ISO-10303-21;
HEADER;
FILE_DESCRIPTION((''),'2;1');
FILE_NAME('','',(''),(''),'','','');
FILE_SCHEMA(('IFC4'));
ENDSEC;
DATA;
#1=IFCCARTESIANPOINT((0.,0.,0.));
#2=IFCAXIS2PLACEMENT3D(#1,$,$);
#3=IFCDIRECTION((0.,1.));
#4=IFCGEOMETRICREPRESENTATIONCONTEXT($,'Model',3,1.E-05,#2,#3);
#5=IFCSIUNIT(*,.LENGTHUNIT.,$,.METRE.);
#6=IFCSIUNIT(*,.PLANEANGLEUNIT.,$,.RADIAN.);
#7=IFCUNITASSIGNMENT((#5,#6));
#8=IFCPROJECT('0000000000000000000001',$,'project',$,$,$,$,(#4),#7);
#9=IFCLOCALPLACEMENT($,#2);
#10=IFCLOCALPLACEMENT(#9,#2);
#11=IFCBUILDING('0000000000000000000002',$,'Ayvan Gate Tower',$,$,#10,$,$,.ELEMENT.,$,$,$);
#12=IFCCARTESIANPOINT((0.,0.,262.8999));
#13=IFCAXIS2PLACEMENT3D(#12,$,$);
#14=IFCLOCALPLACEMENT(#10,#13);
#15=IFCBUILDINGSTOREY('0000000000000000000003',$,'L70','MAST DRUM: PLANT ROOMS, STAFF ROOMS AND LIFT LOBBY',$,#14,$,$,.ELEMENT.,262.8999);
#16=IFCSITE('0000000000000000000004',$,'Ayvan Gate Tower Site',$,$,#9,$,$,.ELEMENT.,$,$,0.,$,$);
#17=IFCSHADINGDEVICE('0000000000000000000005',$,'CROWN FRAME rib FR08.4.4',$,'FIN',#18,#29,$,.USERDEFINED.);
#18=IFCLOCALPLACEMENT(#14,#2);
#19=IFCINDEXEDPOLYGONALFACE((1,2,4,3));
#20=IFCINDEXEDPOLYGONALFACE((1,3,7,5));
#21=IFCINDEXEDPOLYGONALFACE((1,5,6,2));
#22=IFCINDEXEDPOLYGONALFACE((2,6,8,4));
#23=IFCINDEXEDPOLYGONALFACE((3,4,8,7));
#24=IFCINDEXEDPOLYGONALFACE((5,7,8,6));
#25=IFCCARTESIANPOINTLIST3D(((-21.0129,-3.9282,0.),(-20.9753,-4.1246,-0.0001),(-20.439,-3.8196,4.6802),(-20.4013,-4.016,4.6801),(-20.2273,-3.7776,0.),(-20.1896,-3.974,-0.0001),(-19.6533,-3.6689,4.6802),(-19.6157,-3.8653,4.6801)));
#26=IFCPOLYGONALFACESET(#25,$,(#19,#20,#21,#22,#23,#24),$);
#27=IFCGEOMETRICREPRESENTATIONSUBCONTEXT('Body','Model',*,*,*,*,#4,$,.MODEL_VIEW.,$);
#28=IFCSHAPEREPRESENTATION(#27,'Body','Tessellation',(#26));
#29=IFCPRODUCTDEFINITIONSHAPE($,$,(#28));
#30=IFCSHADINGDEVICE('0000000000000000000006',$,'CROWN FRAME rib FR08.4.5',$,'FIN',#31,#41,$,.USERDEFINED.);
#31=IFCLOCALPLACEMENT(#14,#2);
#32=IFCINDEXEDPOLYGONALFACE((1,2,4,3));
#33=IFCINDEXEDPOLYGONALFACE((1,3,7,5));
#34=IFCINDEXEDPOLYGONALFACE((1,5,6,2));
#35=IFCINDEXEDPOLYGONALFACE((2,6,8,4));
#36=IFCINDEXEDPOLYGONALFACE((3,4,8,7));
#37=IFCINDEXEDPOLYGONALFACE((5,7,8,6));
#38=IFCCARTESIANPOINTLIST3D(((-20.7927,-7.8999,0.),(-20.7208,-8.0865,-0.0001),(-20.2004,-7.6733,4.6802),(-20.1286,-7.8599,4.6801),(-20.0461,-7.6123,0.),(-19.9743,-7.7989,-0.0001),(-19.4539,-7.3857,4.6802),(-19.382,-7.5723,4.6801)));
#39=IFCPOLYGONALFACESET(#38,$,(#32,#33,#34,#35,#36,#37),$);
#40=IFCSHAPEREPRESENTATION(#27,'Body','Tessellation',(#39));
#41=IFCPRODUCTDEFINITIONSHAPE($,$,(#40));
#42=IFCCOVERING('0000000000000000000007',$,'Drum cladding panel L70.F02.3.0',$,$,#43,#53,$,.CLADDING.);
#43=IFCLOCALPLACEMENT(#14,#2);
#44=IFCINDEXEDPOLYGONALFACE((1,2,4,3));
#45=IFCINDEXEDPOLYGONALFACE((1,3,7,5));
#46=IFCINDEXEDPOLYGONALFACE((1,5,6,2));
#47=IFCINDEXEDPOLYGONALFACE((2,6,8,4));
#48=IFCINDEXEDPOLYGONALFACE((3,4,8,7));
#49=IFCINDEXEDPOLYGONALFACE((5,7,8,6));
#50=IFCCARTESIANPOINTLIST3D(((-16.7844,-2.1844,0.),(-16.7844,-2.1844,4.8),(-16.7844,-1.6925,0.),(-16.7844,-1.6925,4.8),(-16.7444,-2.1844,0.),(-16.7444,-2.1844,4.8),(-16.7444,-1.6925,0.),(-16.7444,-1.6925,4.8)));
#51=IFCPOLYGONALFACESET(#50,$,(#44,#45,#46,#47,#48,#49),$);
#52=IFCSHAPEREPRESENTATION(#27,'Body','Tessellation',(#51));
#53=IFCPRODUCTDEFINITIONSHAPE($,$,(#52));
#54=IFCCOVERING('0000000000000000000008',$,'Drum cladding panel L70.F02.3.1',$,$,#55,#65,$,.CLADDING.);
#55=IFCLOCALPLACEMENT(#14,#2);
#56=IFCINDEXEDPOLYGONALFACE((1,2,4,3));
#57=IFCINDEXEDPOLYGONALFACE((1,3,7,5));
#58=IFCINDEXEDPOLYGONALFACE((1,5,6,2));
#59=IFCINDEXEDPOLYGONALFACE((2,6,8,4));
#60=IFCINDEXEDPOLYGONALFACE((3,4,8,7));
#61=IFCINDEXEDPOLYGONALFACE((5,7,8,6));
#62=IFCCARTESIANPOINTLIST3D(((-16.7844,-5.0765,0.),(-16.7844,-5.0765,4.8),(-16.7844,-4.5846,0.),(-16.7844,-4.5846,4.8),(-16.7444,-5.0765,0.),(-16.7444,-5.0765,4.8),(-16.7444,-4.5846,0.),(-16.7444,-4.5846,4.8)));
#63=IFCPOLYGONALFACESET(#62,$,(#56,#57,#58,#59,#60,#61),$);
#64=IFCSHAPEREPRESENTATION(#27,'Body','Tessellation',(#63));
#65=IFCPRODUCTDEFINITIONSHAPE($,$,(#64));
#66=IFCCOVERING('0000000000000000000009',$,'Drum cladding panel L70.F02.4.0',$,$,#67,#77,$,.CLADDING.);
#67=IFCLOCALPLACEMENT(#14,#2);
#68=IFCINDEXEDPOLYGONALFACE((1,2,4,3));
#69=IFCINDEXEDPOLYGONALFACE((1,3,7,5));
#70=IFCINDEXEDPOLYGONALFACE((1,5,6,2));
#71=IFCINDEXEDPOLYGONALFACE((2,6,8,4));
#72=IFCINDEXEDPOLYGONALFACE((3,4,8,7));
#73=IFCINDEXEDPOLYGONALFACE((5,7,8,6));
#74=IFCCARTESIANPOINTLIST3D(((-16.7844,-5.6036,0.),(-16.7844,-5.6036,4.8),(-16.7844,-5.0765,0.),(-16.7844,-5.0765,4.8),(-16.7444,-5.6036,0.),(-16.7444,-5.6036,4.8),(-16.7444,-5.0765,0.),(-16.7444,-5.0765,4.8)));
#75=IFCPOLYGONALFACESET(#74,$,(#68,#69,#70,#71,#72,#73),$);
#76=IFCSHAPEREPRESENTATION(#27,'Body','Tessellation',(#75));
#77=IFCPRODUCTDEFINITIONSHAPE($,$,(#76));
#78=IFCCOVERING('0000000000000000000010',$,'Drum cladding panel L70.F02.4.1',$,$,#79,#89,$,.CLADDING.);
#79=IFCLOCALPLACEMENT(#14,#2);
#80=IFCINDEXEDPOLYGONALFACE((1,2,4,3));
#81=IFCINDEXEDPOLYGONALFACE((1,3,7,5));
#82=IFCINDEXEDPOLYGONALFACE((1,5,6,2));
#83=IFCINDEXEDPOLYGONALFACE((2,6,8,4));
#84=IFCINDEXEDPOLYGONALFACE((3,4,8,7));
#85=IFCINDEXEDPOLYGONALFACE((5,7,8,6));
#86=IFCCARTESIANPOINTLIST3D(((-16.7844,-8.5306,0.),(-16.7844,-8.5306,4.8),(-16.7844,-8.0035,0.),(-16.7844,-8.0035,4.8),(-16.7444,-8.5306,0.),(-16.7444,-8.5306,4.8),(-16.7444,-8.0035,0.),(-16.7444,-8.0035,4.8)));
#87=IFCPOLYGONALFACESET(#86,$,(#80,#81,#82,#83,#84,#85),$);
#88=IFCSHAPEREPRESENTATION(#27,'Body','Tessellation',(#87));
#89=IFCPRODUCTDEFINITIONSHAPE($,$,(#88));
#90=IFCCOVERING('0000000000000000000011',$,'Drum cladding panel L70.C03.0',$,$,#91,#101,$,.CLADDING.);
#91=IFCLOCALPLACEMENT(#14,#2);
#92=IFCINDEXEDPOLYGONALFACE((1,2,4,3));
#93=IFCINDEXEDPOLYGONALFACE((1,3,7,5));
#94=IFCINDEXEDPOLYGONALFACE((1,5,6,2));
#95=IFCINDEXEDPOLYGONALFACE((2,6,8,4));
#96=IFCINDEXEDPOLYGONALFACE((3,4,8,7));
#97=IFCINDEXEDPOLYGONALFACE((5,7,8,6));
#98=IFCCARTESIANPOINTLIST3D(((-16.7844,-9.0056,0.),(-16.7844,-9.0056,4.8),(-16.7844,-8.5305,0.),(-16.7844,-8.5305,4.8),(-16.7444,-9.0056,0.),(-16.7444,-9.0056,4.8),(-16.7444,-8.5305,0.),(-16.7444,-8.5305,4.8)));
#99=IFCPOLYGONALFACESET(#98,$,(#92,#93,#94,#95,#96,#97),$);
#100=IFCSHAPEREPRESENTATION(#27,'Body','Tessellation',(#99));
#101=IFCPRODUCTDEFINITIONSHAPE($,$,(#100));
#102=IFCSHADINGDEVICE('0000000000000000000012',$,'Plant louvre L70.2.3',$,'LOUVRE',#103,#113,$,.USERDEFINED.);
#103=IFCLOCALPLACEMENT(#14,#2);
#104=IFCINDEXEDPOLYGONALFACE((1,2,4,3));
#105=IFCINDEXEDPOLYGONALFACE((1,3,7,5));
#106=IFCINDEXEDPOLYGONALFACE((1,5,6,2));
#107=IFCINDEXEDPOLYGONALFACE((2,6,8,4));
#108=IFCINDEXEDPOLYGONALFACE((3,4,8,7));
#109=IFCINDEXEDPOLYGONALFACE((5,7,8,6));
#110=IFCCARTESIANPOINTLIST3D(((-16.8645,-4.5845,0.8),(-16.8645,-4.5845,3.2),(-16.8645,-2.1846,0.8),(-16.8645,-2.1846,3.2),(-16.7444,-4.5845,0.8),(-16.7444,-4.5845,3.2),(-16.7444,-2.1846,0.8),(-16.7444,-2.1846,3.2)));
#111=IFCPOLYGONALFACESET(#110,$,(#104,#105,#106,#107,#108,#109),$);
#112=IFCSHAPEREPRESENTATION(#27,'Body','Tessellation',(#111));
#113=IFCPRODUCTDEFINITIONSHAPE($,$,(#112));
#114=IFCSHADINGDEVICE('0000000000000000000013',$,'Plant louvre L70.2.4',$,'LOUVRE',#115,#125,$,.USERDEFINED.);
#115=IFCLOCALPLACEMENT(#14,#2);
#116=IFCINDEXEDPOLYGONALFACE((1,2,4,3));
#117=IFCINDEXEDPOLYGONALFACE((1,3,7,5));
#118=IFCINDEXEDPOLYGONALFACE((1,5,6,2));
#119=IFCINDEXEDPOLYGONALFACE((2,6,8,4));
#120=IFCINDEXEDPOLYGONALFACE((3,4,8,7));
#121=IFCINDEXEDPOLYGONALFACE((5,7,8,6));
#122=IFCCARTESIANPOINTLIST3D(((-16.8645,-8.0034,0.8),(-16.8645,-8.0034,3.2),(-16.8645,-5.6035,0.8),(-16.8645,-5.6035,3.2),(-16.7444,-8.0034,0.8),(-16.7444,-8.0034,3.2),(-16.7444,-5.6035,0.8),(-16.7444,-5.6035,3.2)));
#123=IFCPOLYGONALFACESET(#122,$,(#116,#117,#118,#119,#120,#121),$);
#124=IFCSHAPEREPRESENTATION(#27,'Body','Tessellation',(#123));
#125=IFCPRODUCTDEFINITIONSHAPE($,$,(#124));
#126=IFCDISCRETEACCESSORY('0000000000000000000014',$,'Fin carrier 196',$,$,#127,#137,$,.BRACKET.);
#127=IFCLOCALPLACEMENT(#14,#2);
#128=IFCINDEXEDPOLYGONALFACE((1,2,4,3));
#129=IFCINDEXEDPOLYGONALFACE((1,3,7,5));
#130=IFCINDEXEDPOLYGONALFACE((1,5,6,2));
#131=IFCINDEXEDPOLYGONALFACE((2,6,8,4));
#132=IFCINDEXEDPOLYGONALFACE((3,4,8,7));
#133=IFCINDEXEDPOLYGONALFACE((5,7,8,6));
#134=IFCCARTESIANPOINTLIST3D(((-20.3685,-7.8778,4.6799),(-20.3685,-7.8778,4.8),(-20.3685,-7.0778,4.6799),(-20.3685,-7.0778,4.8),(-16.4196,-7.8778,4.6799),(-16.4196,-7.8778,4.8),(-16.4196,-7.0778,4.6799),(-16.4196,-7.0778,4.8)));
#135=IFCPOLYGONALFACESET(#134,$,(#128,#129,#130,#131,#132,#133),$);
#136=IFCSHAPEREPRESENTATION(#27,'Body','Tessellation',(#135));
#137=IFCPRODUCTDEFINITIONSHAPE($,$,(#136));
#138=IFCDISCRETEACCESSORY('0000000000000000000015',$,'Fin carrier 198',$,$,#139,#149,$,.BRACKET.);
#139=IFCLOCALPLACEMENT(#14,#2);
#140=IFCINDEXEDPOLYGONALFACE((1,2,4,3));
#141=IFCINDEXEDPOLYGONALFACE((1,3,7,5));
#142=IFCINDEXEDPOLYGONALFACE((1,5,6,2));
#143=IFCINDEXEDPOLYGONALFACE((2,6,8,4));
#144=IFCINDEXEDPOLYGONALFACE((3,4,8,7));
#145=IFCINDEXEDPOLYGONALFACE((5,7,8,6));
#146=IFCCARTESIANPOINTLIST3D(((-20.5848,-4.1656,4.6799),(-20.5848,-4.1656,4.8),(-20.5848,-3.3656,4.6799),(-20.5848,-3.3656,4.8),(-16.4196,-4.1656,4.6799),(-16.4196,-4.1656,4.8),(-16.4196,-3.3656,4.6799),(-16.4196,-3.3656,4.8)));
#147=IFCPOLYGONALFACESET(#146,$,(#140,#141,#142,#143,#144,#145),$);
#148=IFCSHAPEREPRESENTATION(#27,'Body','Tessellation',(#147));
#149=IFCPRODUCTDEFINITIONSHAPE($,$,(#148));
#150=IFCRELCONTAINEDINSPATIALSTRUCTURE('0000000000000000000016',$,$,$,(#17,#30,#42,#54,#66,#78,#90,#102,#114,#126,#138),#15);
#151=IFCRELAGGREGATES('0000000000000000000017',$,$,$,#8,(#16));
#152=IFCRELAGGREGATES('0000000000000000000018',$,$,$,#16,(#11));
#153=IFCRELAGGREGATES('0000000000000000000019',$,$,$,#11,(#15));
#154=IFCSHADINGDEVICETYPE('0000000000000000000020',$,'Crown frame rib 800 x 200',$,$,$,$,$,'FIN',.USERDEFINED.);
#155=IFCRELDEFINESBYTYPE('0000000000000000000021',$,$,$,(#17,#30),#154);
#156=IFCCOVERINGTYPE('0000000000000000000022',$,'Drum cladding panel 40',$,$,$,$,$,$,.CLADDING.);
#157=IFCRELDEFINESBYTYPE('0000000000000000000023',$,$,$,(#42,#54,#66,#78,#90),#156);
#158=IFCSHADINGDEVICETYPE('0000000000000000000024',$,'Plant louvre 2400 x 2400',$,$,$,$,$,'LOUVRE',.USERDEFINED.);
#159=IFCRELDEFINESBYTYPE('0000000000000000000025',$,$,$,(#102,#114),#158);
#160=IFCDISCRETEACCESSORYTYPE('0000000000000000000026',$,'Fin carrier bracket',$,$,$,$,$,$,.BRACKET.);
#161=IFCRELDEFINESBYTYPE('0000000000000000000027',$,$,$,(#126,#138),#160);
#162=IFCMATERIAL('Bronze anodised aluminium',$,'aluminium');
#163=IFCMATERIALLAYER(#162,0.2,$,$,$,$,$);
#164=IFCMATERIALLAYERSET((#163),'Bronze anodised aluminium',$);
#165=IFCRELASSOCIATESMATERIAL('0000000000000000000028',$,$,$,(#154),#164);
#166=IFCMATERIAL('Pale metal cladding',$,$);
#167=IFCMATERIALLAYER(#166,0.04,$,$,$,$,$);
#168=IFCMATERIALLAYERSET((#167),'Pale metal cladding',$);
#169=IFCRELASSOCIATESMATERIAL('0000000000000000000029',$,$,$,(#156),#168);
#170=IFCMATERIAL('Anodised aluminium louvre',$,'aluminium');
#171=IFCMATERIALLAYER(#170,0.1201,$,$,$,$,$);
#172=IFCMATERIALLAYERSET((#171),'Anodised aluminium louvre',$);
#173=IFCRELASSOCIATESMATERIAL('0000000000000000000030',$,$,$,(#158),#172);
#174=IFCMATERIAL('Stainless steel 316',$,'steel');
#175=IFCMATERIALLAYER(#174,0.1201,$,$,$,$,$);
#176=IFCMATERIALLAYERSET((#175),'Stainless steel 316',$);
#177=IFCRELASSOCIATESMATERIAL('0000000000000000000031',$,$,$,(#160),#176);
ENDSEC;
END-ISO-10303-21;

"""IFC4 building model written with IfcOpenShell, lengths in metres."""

from ifc_helpers import new_model, si_unit, direction, frame, origin, origin_2d, place, context, subcontext, project, spatial, polyline, rectangle, outline, extrude, material, layer, layer_set, type_object, element, save


model = new_model("IFC4")

# Units and contexts
model_context = context("Model", 3, precision=1e-05, world=origin(), true_north=direction((0.0, 1.0)))
body_context = subcontext(model_context, "Body", "Model", "MODEL_VIEW")
ifc_project = project(units=[si_unit("LENGTHUNIT", "METRE"), si_unit("PLANEANGLEUNIT", "RADIAN")], contexts=[model_context])

# Site, building, storey
site_placement = place(None, origin())
site = spatial("IfcSite", under=ifc_project, at=site_placement, Name="Ayvan Gate Tower Site", CompositionType="ELEMENT", RefElevation=0.0)
building_placement = place(site_placement, origin())
building = spatial("IfcBuilding", under=site, at=building_placement, Name="Ayvan Gate Tower", CompositionType="ELEMENT")
storey_placement = place(building_placement, frame((0.0, 0.0, 262.8999)))
storey = spatial("IfcBuildingStorey", under=building, at=storey_placement, Name="L70", Description="MAST DRUM: PLANT ROOMS, STAFF ROOMS AND LIFT LOBBY", CompositionType="ELEMENT", Elevation=262.8999)

# Shared definitions
ifc_material_1 = material(Name="Anodised aluminium louvre", Category="aluminium")

# Shading devices
ifc_material_2 = material(Name="Bronze anodised aluminium", Category="aluminium")
ifc_layer_1 = layer(ifc_material_2, 0.2)
ifc_layer_set_1 = layer_set([ifc_layer_1], Name="Bronze anodised aluminium")
shading_device_type_1 = type_object("IfcShadingDeviceType", Name="Crown frame rib 800 x 200", ElementType="FIN", PredefinedType="USERDEFINED", material=ifc_layer_set_1)
shading_device_1_placement = place(storey_placement, frame((-20.2273, -3.7776, 0.0), z_axis=(-0.188304, 0.982111, 0.000295), x_axis=(-0.982111, -0.188304, 0.0)))
element("IfcShadingDevice", 1, at=shading_device_1_placement, inside=storey, type_object=shading_device_type_1, Name="CROWN FRAME rib FR08.4.4", ObjectType="FIN", PredefinedType="USERDEFINED", context=body_context, shape_type="SweptSolid", body=[
    extrude(outline(polyline([(0.0, 0.0), (0.8, 0.0), (0.2158, 4.6802), (-0.5842, 4.6802), (0.0, 0.0)])), origin(), (0.0, 0.0, -1.0), 0.2),
])
shading_device_2_placement = place(storey_placement, frame((-20.0461, -7.6123, 0.0), z_axis=(-0.35947, 0.933157, 0.000318), x_axis=(-0.933157, -0.35947, 0.0)))
element("IfcShadingDevice", 2, at=shading_device_2_placement, inside=storey, type_object=shading_device_type_1, Name="CROWN FRAME rib FR08.4.5", ObjectType="FIN", PredefinedType="USERDEFINED", context=body_context, shape_type="SweptSolid", body=[
    extrude(outline(polyline([(0.0, 0.0), (0.8001, 0.0), (0.1659, 4.6802), (-0.6341, 4.6802), (0.0, 0.0)])), origin(), (0.0, 0.0, -1.0), 0.2),
])

# Coverings
ifc_material_3 = material(Name="Pale metal cladding")
ifc_layer_2 = layer(ifc_material_3, 0.04)
ifc_layer_set_2 = layer_set([ifc_layer_2], Name="Pale metal cladding")
covering_type = type_object("IfcCoveringType", Name="Drum cladding panel 40", PredefinedType="CLADDING", material=ifc_layer_set_2)
for number, where, z_axis, x_axis, name in (
    (3, (-16.7644, -1.9385, 0.0), (0.0, 0.0, 1.0), (0.0, -1.0, 0.0), "Drum cladding panel L70.F02.3.0"),
    (4, (-16.7644, -4.8306, 0.0), (0.0, 0.0, 1.0), (0.0, -1.0, 0.0), "Drum cladding panel L70.F02.3.1"),
):
    element("IfcCovering", number, at=place(storey_placement, frame(where, z_axis=z_axis, x_axis=x_axis)), inside=storey, type_object=covering_type, Name=name, PredefinedType="CLADDING", context=body_context, shape_type="SweptSolid", body=[
        extrude(rectangle(XDim=0.4919, YDim=0.04, at=origin_2d()), origin(), (0.0, 0.0, 1.0), 4.8),
    ])
for number, where, z_axis, x_axis, name in (
    (5, (-16.7644, -5.3401, 0.0), (0.0, 0.0, 1.0), (0.0, -1.0, 0.0), "Drum cladding panel L70.F02.4.0"),
    (6, (-16.7644, -8.2671, 0.0), (0.0, 0.0, 1.0), (0.0, -1.0, 0.0), "Drum cladding panel L70.F02.4.1"),
):
    element("IfcCovering", number, at=place(storey_placement, frame(where, z_axis=z_axis, x_axis=x_axis)), inside=storey, type_object=covering_type, Name=name, PredefinedType="CLADDING", context=body_context, shape_type="SweptSolid", body=[
        extrude(rectangle(XDim=0.5271, YDim=0.04, at=origin_2d()), origin(), (0.0, 0.0, 1.0), 4.8),
    ])
covering_placement = place(storey_placement, frame((-16.7644, -8.7681, 0.0), z_axis=(0.0, 0.0, 1.0), x_axis=(0.0, -1.0, 0.0)))
element("IfcCovering", 7, at=covering_placement, inside=storey, type_object=covering_type, Name="Drum cladding panel L70.C03.0", PredefinedType="CLADDING", context=body_context, shape_type="SweptSolid", body=[
    extrude(rectangle(XDim=0.4751, YDim=0.04, at=origin_2d()), origin(), (0.0, 0.0, 1.0), 4.8),
])

# Shading devices
ifc_layer_3 = layer(ifc_material_1, 0.1201)
ifc_layer_set_3 = layer_set([ifc_layer_3], Name="Anodised aluminium louvre")
shading_device_type_2 = type_object("IfcShadingDeviceType", Name="Plant louvre 2400 x 2400", ElementType="LOUVRE", PredefinedType="USERDEFINED", material=ifc_layer_set_3)
for number, where, z_axis, x_axis, name in (
    (8, (-16.8044, -3.3845, 0.8), (0.0, 0.0, 1.0), (0.0, -1.0, 0.0), "Plant louvre L70.2.3"),
    (9, (-16.8044, -6.8035, 0.8), (0.0, 0.0, 1.0), (0.0, -1.0, 0.0), "Plant louvre L70.2.4"),
):
    element("IfcShadingDevice", number, at=place(storey_placement, frame(where, z_axis=z_axis, x_axis=x_axis)), inside=storey, type_object=shading_device_type_2, Name=name, ObjectType="LOUVRE", PredefinedType="USERDEFINED", context=body_context, shape_type="SweptSolid", body=[
        extrude(rectangle(XDim=2.3999, YDim=0.1201, at=origin_2d()), origin(), (0.0, 0.0, 1.0), 2.3999),
    ])

# Discrete accessories
ifc_material_4 = material(Name="Stainless steel 316", Category="steel")
ifc_layer_4 = layer(ifc_material_4, 0.1201)
ifc_layer_set_4 = layer_set([ifc_layer_4], Name="Stainless steel 316")
discrete_accessory_type = type_object("IfcDiscreteAccessoryType", Name="Fin carrier bracket", PredefinedType="BRACKET", material=ifc_layer_set_4)
discrete_accessory_1_placement = place(storey_placement, frame((-18.394, -7.4778, 4.6799), z_axis=(0.0, 0.0, 1.0), x_axis=(0.0, -1.0, 0.0)))
element("IfcDiscreteAccessory", 10, at=discrete_accessory_1_placement, inside=storey, type_object=discrete_accessory_type, Name="Fin carrier 196", PredefinedType="BRACKET", context=body_context, shape_type="SweptSolid", body=[
    extrude(rectangle(XDim=0.8, YDim=3.949, at=origin_2d()), origin(), (0.0, 0.0, 1.0), 0.1201),
])
discrete_accessory_2_placement = place(storey_placement, frame((-18.5022, -3.7656, 4.6799), z_axis=(0.0, 0.0, 1.0), x_axis=(0.0, -1.0, 0.0)))
element("IfcDiscreteAccessory", 11, at=discrete_accessory_2_placement, inside=storey, type_object=discrete_accessory_type, Name="Fin carrier 198", PredefinedType="BRACKET", context=body_context, shape_type="SweptSolid", body=[
    extrude(rectangle(XDim=0.8, YDim=4.1653, at=origin_2d()), origin(), (0.0, 0.0, 1.0), 0.1201),
])

save(model, "model.ifc")
